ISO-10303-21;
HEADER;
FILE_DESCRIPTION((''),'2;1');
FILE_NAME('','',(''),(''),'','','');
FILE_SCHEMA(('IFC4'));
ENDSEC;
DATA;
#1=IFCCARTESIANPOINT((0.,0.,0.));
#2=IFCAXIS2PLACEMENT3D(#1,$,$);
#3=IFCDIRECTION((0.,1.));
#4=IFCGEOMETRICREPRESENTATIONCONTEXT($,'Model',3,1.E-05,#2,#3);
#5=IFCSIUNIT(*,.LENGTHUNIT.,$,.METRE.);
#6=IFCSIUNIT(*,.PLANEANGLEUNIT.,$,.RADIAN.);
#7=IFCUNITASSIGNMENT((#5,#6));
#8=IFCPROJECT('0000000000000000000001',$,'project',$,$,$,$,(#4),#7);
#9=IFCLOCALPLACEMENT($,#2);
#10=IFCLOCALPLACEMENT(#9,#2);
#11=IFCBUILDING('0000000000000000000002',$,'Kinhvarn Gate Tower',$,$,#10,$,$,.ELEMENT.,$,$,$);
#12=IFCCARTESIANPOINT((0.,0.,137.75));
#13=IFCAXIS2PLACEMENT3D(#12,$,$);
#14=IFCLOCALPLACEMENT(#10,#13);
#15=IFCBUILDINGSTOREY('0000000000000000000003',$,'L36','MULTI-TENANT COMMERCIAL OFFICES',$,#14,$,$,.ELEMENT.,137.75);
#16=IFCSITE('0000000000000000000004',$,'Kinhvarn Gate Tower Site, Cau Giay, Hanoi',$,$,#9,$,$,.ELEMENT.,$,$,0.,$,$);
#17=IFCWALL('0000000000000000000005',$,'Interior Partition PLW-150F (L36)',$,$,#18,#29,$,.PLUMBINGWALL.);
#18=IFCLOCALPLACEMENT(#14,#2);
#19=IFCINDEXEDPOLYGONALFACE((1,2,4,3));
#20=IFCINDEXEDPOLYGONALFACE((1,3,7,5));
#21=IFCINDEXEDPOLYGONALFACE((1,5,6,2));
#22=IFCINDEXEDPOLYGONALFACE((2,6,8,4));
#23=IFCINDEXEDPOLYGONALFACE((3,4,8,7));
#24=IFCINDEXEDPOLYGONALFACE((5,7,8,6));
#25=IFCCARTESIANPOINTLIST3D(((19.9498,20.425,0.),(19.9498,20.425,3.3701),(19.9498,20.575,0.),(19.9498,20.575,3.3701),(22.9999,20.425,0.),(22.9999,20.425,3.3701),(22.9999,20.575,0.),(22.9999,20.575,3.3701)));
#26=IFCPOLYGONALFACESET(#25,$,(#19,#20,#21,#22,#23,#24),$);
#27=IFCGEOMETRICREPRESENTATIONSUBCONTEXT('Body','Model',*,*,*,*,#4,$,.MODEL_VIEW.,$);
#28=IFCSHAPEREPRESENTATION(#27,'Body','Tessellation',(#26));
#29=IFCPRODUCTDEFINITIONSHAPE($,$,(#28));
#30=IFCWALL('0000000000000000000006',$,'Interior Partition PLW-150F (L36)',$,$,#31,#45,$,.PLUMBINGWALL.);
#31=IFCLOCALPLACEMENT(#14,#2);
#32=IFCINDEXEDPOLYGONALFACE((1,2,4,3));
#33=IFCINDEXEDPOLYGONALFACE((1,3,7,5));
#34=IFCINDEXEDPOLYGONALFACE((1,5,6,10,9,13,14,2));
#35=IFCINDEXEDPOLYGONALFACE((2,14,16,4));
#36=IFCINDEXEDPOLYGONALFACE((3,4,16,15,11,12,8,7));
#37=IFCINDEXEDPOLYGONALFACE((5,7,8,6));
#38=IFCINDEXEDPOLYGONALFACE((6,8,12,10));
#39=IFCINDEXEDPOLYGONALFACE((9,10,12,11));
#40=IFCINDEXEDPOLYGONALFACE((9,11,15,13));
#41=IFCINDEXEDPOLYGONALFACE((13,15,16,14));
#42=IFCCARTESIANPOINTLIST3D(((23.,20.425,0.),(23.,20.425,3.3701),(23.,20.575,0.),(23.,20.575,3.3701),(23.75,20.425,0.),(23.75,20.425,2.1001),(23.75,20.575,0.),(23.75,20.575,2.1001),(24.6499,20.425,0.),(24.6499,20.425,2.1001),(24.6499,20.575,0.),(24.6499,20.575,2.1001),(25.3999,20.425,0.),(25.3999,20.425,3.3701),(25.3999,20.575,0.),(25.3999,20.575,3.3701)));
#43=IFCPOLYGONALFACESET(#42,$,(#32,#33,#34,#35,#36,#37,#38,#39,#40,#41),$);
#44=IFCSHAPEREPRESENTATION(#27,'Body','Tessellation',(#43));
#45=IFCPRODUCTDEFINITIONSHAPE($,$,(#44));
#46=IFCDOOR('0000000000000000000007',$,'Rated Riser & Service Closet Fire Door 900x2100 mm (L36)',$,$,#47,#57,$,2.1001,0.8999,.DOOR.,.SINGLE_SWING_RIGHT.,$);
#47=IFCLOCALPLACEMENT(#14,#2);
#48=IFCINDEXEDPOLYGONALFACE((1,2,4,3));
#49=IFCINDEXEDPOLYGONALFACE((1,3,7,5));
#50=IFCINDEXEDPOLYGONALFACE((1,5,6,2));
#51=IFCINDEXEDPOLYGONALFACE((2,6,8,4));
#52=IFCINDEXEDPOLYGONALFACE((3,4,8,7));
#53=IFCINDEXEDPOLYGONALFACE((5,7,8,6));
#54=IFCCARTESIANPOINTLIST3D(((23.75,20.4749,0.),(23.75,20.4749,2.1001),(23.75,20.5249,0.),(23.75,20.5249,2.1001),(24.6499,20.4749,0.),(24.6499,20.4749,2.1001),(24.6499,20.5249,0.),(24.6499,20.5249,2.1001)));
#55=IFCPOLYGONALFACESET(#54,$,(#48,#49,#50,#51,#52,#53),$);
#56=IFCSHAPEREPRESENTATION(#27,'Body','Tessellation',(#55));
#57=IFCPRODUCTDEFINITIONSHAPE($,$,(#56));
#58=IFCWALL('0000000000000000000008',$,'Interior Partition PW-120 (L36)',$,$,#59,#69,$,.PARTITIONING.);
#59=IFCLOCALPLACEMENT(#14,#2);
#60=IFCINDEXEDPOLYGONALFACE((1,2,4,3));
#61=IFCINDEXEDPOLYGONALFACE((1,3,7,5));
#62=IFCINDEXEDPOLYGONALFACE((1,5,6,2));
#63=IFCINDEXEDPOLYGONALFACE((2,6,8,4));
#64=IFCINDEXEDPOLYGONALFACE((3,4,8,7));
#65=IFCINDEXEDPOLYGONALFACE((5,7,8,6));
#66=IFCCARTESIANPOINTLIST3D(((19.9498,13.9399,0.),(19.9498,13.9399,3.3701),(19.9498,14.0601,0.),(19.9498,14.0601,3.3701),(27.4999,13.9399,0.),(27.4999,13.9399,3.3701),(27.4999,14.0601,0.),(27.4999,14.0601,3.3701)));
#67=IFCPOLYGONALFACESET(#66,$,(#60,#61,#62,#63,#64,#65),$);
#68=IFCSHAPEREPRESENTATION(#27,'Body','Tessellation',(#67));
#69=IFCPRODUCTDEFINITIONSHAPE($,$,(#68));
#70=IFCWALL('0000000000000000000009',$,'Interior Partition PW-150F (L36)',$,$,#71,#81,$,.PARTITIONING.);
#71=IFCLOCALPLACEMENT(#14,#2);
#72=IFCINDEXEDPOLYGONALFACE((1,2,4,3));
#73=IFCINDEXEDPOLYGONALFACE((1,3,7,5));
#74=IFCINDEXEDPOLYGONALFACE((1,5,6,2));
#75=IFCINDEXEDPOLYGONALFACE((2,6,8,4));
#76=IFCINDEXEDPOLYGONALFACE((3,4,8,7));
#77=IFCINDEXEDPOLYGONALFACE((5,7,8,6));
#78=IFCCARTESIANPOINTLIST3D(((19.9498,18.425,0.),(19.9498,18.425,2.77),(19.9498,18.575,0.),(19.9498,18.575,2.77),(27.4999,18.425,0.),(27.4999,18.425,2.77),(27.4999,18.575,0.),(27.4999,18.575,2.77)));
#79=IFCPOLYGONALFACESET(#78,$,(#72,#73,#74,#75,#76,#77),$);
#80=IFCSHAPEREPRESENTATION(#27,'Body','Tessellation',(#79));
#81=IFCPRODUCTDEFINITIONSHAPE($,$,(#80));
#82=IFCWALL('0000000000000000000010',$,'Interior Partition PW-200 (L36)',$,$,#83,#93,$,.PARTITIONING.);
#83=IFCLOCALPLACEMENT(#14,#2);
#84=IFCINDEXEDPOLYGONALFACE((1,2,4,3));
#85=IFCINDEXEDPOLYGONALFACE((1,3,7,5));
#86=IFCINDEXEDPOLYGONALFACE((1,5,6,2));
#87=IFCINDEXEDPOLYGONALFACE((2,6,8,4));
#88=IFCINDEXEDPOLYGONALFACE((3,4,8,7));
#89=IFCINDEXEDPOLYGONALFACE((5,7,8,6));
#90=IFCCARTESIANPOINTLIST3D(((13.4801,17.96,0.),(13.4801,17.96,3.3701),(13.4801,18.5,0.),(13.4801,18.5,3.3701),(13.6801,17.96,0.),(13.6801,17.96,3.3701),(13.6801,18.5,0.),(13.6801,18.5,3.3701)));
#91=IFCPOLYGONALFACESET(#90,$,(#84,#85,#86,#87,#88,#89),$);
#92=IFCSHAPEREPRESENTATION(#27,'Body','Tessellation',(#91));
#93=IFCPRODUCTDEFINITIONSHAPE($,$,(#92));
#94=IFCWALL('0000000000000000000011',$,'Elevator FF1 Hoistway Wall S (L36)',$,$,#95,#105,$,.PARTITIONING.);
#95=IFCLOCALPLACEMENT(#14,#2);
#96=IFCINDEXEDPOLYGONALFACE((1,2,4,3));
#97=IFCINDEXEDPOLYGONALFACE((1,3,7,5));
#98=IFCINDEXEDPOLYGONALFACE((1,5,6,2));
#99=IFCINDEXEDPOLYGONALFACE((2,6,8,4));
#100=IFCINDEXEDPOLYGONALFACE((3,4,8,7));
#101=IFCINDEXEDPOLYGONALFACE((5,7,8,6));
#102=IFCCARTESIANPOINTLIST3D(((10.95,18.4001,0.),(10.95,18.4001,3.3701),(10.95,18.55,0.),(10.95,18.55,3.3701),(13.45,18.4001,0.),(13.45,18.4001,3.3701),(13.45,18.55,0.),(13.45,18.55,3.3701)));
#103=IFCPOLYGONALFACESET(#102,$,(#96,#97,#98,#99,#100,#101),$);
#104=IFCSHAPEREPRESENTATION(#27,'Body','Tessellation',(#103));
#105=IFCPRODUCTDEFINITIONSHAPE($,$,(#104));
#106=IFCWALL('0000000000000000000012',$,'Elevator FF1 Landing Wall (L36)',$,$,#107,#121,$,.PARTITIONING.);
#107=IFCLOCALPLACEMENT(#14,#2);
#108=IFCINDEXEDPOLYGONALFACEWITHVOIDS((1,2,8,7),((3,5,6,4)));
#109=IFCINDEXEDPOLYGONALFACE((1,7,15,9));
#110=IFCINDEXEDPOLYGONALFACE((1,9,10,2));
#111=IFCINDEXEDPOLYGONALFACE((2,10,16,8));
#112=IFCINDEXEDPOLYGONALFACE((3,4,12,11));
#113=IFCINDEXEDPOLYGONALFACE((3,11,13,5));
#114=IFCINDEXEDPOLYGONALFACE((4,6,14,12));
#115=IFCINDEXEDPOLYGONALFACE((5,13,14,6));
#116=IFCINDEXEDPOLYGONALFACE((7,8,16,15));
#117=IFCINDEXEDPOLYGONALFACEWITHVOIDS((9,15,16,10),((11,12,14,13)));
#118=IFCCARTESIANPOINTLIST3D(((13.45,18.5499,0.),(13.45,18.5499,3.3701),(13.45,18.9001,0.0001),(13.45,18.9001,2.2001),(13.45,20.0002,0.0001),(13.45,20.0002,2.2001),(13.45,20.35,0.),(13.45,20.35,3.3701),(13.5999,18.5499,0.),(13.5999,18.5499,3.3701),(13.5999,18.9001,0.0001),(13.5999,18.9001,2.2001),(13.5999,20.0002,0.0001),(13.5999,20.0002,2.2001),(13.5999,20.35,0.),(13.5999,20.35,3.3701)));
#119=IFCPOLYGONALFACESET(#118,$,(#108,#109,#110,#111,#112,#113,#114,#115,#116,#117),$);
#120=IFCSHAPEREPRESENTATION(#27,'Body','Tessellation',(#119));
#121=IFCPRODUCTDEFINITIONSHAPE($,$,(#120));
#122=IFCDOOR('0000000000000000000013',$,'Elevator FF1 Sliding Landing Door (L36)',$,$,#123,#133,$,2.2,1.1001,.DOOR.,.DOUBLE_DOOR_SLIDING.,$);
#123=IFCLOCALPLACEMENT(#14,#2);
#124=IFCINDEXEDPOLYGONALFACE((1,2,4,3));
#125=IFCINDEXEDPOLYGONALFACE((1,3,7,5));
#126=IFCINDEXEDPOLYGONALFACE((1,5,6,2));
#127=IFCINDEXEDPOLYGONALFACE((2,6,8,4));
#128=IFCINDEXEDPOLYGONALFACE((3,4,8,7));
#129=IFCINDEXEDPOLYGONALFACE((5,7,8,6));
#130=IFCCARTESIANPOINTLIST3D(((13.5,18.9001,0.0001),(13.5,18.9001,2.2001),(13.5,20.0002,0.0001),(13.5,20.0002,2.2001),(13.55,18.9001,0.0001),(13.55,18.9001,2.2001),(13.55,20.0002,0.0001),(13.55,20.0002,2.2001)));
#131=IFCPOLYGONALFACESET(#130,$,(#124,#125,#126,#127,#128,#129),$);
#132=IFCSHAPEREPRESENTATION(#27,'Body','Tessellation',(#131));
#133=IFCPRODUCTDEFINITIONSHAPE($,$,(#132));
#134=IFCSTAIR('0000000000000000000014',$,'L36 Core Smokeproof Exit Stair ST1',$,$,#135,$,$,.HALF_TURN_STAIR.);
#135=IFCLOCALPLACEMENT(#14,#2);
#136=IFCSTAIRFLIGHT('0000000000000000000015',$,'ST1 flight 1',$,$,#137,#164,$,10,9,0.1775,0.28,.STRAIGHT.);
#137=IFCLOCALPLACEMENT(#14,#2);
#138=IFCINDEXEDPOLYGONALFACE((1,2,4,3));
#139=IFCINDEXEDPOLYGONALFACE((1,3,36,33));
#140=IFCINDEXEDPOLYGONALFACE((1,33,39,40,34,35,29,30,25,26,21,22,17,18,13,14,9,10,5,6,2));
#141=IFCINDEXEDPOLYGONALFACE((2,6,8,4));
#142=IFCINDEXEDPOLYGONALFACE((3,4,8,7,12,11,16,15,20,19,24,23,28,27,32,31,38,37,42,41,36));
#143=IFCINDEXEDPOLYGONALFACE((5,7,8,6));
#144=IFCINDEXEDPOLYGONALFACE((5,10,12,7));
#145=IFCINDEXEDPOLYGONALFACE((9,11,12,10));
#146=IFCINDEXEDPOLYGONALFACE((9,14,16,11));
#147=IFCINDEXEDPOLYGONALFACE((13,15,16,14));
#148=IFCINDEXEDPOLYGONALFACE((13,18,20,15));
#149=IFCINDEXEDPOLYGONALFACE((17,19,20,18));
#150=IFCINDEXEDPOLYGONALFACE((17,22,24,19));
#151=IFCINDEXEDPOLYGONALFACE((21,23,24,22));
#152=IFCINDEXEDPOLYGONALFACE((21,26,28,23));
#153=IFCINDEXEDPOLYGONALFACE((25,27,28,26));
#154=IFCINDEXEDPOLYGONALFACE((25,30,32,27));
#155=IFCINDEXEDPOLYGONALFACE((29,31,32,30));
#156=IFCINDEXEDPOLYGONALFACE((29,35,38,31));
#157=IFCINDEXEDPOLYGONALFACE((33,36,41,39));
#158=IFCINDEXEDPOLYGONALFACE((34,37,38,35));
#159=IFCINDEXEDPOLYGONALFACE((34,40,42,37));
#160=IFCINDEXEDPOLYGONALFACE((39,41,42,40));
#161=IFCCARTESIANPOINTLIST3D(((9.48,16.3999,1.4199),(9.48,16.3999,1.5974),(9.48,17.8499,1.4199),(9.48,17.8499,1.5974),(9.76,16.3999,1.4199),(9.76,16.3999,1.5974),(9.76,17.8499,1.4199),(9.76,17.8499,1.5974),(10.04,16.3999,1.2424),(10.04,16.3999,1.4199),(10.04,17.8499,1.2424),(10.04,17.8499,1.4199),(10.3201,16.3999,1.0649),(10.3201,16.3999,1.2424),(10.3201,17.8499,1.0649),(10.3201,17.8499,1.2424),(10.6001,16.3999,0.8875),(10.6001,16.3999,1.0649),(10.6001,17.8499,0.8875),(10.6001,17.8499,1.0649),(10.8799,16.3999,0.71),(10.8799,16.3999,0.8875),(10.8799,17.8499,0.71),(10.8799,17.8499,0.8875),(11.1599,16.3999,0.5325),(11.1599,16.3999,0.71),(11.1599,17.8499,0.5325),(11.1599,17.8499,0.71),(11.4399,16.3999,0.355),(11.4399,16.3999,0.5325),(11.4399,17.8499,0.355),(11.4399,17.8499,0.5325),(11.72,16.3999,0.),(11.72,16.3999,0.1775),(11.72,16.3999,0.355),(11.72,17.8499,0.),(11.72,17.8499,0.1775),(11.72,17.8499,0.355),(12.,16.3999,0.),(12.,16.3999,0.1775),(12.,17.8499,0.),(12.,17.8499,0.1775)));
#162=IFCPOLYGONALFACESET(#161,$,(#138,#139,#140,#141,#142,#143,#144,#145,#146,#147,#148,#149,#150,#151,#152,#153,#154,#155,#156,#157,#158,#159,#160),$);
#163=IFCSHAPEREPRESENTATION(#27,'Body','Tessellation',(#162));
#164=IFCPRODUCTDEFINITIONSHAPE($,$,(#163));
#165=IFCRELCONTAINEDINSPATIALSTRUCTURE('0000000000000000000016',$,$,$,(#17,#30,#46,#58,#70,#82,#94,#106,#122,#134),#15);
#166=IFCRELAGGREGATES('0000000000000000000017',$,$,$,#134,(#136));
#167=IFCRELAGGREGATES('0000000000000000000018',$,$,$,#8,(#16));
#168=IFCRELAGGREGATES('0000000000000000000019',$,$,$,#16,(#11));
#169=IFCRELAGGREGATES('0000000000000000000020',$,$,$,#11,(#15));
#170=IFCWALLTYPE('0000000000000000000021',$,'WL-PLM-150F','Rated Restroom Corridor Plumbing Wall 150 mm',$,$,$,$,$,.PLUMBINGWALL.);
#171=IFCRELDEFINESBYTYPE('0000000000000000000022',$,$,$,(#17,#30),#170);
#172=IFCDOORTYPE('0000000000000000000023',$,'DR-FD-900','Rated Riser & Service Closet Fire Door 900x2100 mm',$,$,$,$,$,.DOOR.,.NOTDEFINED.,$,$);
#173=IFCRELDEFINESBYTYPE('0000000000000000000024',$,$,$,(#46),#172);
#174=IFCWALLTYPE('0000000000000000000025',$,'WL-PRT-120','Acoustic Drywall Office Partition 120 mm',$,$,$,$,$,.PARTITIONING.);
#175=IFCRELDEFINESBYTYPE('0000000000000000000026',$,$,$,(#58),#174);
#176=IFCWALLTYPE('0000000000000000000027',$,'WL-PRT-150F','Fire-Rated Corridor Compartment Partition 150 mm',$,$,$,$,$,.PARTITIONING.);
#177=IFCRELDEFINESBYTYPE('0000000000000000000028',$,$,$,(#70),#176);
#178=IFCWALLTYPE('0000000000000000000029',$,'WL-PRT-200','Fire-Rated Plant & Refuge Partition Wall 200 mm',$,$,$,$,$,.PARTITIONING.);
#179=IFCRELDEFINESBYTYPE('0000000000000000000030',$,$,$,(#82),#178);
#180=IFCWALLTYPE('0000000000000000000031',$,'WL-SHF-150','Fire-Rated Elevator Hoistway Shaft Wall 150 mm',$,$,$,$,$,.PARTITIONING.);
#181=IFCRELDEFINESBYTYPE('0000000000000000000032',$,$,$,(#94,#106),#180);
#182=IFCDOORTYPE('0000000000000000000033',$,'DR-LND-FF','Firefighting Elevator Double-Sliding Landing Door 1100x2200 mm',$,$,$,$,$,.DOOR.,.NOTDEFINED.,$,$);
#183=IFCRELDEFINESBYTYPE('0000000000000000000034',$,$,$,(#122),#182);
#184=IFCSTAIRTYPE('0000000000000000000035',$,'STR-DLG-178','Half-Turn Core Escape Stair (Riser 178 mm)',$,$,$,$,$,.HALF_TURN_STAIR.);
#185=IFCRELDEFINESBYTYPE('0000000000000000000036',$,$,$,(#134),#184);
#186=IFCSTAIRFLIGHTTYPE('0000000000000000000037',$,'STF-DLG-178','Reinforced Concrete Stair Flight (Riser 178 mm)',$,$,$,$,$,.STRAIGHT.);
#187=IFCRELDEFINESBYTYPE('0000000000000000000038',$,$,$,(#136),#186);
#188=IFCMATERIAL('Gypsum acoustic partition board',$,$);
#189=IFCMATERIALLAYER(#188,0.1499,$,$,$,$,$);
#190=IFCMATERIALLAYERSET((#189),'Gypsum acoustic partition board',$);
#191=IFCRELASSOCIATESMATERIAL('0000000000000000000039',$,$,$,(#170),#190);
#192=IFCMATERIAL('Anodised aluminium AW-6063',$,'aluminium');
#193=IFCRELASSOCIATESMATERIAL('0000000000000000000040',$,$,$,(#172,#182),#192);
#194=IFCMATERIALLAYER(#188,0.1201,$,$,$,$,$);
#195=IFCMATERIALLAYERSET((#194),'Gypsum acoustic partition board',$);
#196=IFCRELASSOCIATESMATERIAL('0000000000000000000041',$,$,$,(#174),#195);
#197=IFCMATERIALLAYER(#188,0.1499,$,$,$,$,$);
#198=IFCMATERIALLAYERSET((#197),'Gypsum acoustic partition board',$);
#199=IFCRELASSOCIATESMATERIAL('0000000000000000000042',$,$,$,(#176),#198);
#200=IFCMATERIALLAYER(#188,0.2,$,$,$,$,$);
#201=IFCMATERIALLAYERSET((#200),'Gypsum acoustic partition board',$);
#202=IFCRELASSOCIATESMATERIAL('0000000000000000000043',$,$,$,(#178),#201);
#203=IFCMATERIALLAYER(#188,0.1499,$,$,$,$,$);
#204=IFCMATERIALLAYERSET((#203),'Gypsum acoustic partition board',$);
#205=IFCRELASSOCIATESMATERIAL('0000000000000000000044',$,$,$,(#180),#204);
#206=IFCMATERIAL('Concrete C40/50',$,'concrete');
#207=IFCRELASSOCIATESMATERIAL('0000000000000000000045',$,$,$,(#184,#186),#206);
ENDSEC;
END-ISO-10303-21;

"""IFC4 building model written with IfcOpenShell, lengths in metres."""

from ifc_helpers import new_model, si_unit, direction, frame, frame_2d, origin, place, context, subcontext, project, spatial, polyline, rectangle, outline, extrude, material, layer, layer_set, type_object, element, fill, aggregate, save


model = new_model("IFC4")

# Units and contexts
model_context = context("Model", 3, precision=1e-05, world=origin(), true_north=direction((0.0, 1.0)))
body_context = subcontext(model_context, "Body", "Model", "MODEL_VIEW")
ifc_project = project(units=[si_unit("LENGTHUNIT", "METRE"), si_unit("PLANEANGLEUNIT", "RADIAN")], contexts=[model_context])

# Site, building, storey
site_placement = place(None, origin())
site = spatial("IfcSite", under=ifc_project, at=site_placement, Name="Kinhvarn Gate Tower Site, Cau Giay, Hanoi", CompositionType="ELEMENT", RefElevation=0.0)
building_placement = place(site_placement, origin())
building = spatial("IfcBuilding", under=site, at=building_placement, Name="Kinhvarn Gate Tower", CompositionType="ELEMENT")
storey_placement = place(building_placement, frame((0.0, 0.0, 137.75)))
storey = spatial("IfcBuildingStorey", under=building, at=storey_placement, Name="L36", Description="MULTI-TENANT COMMERCIAL OFFICES", CompositionType="ELEMENT", Elevation=137.75)

# Shared definitions
ifc_material_1 = material(Name="Anodised aluminium AW-6063", Category="aluminium")

# Shared definitions
ifc_material_2 = material(Name="Gypsum acoustic partition board")

# Shared definitions
ifc_layer_1 = layer(ifc_material_2, 0.1499)
ifc_layer_set_1 = layer_set([ifc_layer_1], Name="Gypsum acoustic partition board")
wall_type_1 = type_object("IfcWallType", Name="WL-PLM-150F", Description="Rated Restroom Corridor Plumbing Wall 150 mm", PredefinedType="PLUMBINGWALL", material=ifc_layer_set_1)
door_type_1 = type_object("IfcDoorType", Name="DR-FD-900", Description="Rated Riser & Service Closet Fire Door 900x2100 mm", OperationType="NOTDEFINED", PredefinedType="DOOR", material=ifc_material_1)

# Wall
wall_1_placement = place(storey_placement, frame((19.95, 20.5, 0.0), z_axis=(0.0, 0.0, 1.0), x_axis=(1.0, 0.0, 0.0)))
element("IfcWall", 1, at=wall_1_placement, inside=storey, type_object=wall_type_1, Name="Interior Partition PLW-150F (L36)", PredefinedType="PLUMBINGWALL", context=body_context, shape_type="SweptSolid", body=[
    extrude(rectangle(XDim=3.05, YDim=0.1499, at=frame_2d((1.5249, 0.0))), origin(), (0.0, 0.0, 1.0), 3.3701),
])

# Wall, opening, door
wall_2_placement = place(storey_placement, frame((23.0, 20.5, 0.0), z_axis=(0.0, 0.0, 1.0), x_axis=(1.0, 0.0, 0.0)))
wall_2 = element("IfcWall", 2, at=wall_2_placement, inside=storey, type_object=wall_type_1, Name="Interior Partition PLW-150F (L36)", PredefinedType="PLUMBINGWALL", context=body_context, shape_type="SweptSolid", body=[
    extrude(rectangle(XDim=2.3999, YDim=0.1499, at=frame_2d((1.2, 0.0))), origin(), (0.0, 0.0, 1.0), 3.3701),
])
opening_1_placement = place(wall_2_placement, frame((0.75, 0.0, 0.0)))
opening_1 = element("IfcOpeningElement", 3, at=opening_1_placement, cuts=wall_2, PredefinedType="OPENING", context=body_context, shape_type="SweptSolid", body=[
    extrude(rectangle(XDim=0.8999, YDim=2.1001, at=frame_2d((0.45, 1.05))), frame((0.0, 0.085, 0.0), z_axis=(0.0, -1.0, 0.0), x_axis=(1.0, 0.0, 0.0)), (0.0, 0.0, 1.0), 0.1699),
])
door_1_placement = place(opening_1_placement, origin())
door_1 = element("IfcDoor", 4, at=door_1_placement, inside=storey, type_object=door_type_1, Name="Rated Riser & Service Closet Fire Door 900x2100 mm (L36)", OperationType="SINGLE_SWING_RIGHT", OverallHeight=2.1001, OverallWidth=0.8999, PredefinedType="DOOR", context=body_context, shape_type="SweptSolid", body=[
    extrude(rectangle(XDim=0.8999, YDim=2.1001, at=frame_2d((0.45, 1.05))), frame((0.0, 0.0249, 0.0), z_axis=(0.0, -1.0, 0.0), x_axis=(1.0, 0.0, 0.0)), (0.0, 0.0, 1.0), 0.05),
])
fill(opening_1, door_1)

# Wall
ifc_layer_2 = layer(ifc_material_2, 0.1201)
ifc_layer_set_2 = layer_set([ifc_layer_2], Name="Gypsum acoustic partition board")
wall_type_2 = type_object("IfcWallType", Name="WL-PRT-120", Description="Acoustic Drywall Office Partition 120 mm", PredefinedType="PARTITIONING", material=ifc_layer_set_2)
wall_3_placement = place(storey_placement, frame((19.95, 14.0, 0.0), z_axis=(0.0, 0.0, 1.0), x_axis=(1.0, 0.0, 0.0)))
element("IfcWall", 5, at=wall_3_placement, inside=storey, type_object=wall_type_2, Name="Interior Partition PW-120 (L36)", PredefinedType="PARTITIONING", context=body_context, shape_type="SweptSolid", body=[
    extrude(rectangle(XDim=7.55, YDim=0.1201, at=frame_2d((3.7749, 0.0))), origin(), (0.0, 0.0, 1.0), 3.3701),
])

# Shared definitions
ifc_layer_3 = layer(ifc_material_2, 0.1499)
ifc_layer_set_3 = layer_set([ifc_layer_3], Name="Gypsum acoustic partition board")
wall_type_3 = type_object("IfcWallType", Name="WL-PRT-150F", Description="Fire-Rated Corridor Compartment Partition 150 mm", PredefinedType="PARTITIONING", material=ifc_layer_set_3)

# Walls
wall_4_placement = place(storey_placement, frame((19.95, 18.5, 0.0), z_axis=(0.0, 0.0, 1.0), x_axis=(1.0, 0.0, 0.0)))
element("IfcWall", 6, at=wall_4_placement, inside=storey, type_object=wall_type_3, Name="Interior Partition PW-150F (L36)", PredefinedType="PARTITIONING", context=body_context, shape_type="SweptSolid", body=[
    extrude(rectangle(XDim=7.55, YDim=0.1499, at=frame_2d((3.7749, 0.0))), origin(), (0.0, 0.0, 1.0), 2.77),
])
ifc_layer_4 = layer(ifc_material_2, 0.2)
ifc_layer_set_4 = layer_set([ifc_layer_4], Name="Gypsum acoustic partition board")
wall_type_4 = type_object("IfcWallType", Name="WL-PRT-200", Description="Fire-Rated Plant & Refuge Partition Wall 200 mm", PredefinedType="PARTITIONING", material=ifc_layer_set_4)
wall_5_placement = place(storey_placement, frame((13.5801, 17.96, 0.0), z_axis=(0.0, 0.0, 1.0), x_axis=(0.0, 1.0, 0.0)))
element("IfcWall", 7, at=wall_5_placement, inside=storey, type_object=wall_type_4, Name="Interior Partition PW-200 (L36)", PredefinedType="PARTITIONING", context=body_context, shape_type="SweptSolid", body=[
    extrude(rectangle(XDim=0.54, YDim=0.2, at=frame_2d((0.27, 0.0))), origin(), (0.0, 0.0, 1.0), 3.3701),
])
ifc_layer_5 = layer(ifc_material_2, 0.1499)
ifc_layer_set_5 = layer_set([ifc_layer_5], Name="Gypsum acoustic partition board")
wall_type_5 = type_object("IfcWallType", Name="WL-SHF-150", Description="Fire-Rated Elevator Hoistway Shaft Wall 150 mm", PredefinedType="PARTITIONING", material=ifc_layer_set_5)
wall_6_placement = place(storey_placement, frame((10.95, 18.4751, 0.0), z_axis=(0.0, 0.0, 1.0), x_axis=(1.0, 0.0, 0.0)))
element("IfcWall", 8, at=wall_6_placement, inside=storey, type_object=wall_type_5, Name="Elevator FF1 Hoistway Wall S (L36)", PredefinedType="PARTITIONING", context=body_context, shape_type="SweptSolid", body=[
    extrude(rectangle(XDim=2.5, YDim=0.1499, at=frame_2d((1.25, 0.0))), origin(), (0.0, 0.0, 1.0), 3.3701),
])

# Wall, opening, door
wall_7_placement = place(storey_placement, frame((13.5249, 18.55, 0.0), z_axis=(0.0, 0.0, 1.0), x_axis=(0.0, 1.0, 0.0)))
wall_7 = element("IfcWall", 9, at=wall_7_placement, inside=storey, type_object=wall_type_5, Name="Elevator FF1 Landing Wall (L36)", PredefinedType="PARTITIONING", context=body_context, shape_type="SweptSolid", body=[
    extrude(rectangle(XDim=1.8, YDim=0.1499, at=frame_2d((0.8999, 0.0))), origin(), (0.0, 0.0, 1.0), 3.3701),
])
opening_2_placement = place(wall_7_placement, frame((0.3501, 0.0, 0.0)))
opening_2 = element("IfcOpeningElement", 10, at=opening_2_placement, cuts=wall_7, PredefinedType="OPENING", context=body_context, shape_type="SweptSolid", body=[
    extrude(rectangle(XDim=1.1001, YDim=2.2, at=frame_2d((0.55, 1.1001))), frame((0.0, 0.085, 0.0), z_axis=(0.0, -1.0, 0.0), x_axis=(1.0, 0.0, 0.0)), (0.0, 0.0, 1.0), 0.1699),
])
door_type_2 = type_object("IfcDoorType", Name="DR-LND-FF", Description="Firefighting Elevator Double-Sliding Landing Door 1100x2200 mm", OperationType="NOTDEFINED", PredefinedType="DOOR", material=ifc_material_1)
door_2_placement = place(opening_2_placement, origin())
door_2 = element("IfcDoor", 11, at=door_2_placement, inside=storey, type_object=door_type_2, Name="Elevator FF1 Sliding Landing Door (L36)", OperationType="DOUBLE_DOOR_SLIDING", OverallHeight=2.2, OverallWidth=1.1001, PredefinedType="DOOR", context=body_context, shape_type="SweptSolid", body=[
    extrude(rectangle(XDim=1.1001, YDim=2.2, at=frame_2d((0.55, 1.1001))), frame((0.0, 0.0249, 0.0), z_axis=(0.0, -1.0, 0.0), x_axis=(1.0, 0.0, 0.0)), (0.0, 0.0, 1.0), 0.05),
])
fill(opening_2, door_2)
ifc_material_3 = material(Name="Concrete C40/50", Category="concrete")

# Stair, stair flight
stair_type = type_object("IfcStairType", Name="STR-DLG-178", Description="Half-Turn Core Escape Stair (Riser 178 mm)", PredefinedType="HALF_TURN_STAIR", material=ifc_material_3)
stair_placement = place(storey_placement, origin())
stair = element("IfcStair", 12, at=stair_placement, inside=storey, type_object=stair_type, Name="L36 Core Smokeproof Exit Stair ST1", PredefinedType="HALF_TURN_STAIR")
stair_flight_type = type_object("IfcStairFlightType", Name="STF-DLG-178", Description="Reinforced Concrete Stair Flight (Riser 178 mm)", PredefinedType="STRAIGHT", material=ifc_material_3)
stair_flight_placement = place(storey_placement, frame((12.0, 17.125, 0.0), z_axis=(0.0, 0.0, 1.0), x_axis=(-1.0, 0.0, 0.0)))
stair_flight = element("IfcStairFlight", 13, at=stair_flight_placement, type_object=stair_flight_type, Name="ST1 flight 1", NumberOfRisers=10, NumberOfTreads=9, PredefinedType="STRAIGHT", RiserHeight=0.1775, TreadLength=0.28, context=body_context, shape_type="SweptSolid", body=[
    extrude(outline(polyline([(0.0, 0.0), (0.0, 0.1775), (0.28, 0.1775), (0.28, 0.355), (0.5601, 0.355), (0.5601, 0.5325), (0.8401, 0.5325), (0.8401, 0.71), (1.1201, 0.71), (1.1201, 0.8875), (1.3999, 0.8875), (1.3999, 1.0649), (1.6799, 1.0649), (1.6799, 1.2424), (1.96, 1.2424), (1.96, 1.4199), (2.24, 1.4199), (2.24, 1.5974), (2.52, 1.5974), (2.52, 1.7749), (2.52, 1.4199), (0.28, 0.0), (0.0, 0.0)])), frame((0.0, 0.7251, 0.0), z_axis=(0.0, -1.0, 0.0), x_axis=(1.0, 0.0, 0.0)), (0.0, 0.0, 1.0), 1.45),
])
aggregate(stair, [stair_flight])

save(model, "model.ifc")
